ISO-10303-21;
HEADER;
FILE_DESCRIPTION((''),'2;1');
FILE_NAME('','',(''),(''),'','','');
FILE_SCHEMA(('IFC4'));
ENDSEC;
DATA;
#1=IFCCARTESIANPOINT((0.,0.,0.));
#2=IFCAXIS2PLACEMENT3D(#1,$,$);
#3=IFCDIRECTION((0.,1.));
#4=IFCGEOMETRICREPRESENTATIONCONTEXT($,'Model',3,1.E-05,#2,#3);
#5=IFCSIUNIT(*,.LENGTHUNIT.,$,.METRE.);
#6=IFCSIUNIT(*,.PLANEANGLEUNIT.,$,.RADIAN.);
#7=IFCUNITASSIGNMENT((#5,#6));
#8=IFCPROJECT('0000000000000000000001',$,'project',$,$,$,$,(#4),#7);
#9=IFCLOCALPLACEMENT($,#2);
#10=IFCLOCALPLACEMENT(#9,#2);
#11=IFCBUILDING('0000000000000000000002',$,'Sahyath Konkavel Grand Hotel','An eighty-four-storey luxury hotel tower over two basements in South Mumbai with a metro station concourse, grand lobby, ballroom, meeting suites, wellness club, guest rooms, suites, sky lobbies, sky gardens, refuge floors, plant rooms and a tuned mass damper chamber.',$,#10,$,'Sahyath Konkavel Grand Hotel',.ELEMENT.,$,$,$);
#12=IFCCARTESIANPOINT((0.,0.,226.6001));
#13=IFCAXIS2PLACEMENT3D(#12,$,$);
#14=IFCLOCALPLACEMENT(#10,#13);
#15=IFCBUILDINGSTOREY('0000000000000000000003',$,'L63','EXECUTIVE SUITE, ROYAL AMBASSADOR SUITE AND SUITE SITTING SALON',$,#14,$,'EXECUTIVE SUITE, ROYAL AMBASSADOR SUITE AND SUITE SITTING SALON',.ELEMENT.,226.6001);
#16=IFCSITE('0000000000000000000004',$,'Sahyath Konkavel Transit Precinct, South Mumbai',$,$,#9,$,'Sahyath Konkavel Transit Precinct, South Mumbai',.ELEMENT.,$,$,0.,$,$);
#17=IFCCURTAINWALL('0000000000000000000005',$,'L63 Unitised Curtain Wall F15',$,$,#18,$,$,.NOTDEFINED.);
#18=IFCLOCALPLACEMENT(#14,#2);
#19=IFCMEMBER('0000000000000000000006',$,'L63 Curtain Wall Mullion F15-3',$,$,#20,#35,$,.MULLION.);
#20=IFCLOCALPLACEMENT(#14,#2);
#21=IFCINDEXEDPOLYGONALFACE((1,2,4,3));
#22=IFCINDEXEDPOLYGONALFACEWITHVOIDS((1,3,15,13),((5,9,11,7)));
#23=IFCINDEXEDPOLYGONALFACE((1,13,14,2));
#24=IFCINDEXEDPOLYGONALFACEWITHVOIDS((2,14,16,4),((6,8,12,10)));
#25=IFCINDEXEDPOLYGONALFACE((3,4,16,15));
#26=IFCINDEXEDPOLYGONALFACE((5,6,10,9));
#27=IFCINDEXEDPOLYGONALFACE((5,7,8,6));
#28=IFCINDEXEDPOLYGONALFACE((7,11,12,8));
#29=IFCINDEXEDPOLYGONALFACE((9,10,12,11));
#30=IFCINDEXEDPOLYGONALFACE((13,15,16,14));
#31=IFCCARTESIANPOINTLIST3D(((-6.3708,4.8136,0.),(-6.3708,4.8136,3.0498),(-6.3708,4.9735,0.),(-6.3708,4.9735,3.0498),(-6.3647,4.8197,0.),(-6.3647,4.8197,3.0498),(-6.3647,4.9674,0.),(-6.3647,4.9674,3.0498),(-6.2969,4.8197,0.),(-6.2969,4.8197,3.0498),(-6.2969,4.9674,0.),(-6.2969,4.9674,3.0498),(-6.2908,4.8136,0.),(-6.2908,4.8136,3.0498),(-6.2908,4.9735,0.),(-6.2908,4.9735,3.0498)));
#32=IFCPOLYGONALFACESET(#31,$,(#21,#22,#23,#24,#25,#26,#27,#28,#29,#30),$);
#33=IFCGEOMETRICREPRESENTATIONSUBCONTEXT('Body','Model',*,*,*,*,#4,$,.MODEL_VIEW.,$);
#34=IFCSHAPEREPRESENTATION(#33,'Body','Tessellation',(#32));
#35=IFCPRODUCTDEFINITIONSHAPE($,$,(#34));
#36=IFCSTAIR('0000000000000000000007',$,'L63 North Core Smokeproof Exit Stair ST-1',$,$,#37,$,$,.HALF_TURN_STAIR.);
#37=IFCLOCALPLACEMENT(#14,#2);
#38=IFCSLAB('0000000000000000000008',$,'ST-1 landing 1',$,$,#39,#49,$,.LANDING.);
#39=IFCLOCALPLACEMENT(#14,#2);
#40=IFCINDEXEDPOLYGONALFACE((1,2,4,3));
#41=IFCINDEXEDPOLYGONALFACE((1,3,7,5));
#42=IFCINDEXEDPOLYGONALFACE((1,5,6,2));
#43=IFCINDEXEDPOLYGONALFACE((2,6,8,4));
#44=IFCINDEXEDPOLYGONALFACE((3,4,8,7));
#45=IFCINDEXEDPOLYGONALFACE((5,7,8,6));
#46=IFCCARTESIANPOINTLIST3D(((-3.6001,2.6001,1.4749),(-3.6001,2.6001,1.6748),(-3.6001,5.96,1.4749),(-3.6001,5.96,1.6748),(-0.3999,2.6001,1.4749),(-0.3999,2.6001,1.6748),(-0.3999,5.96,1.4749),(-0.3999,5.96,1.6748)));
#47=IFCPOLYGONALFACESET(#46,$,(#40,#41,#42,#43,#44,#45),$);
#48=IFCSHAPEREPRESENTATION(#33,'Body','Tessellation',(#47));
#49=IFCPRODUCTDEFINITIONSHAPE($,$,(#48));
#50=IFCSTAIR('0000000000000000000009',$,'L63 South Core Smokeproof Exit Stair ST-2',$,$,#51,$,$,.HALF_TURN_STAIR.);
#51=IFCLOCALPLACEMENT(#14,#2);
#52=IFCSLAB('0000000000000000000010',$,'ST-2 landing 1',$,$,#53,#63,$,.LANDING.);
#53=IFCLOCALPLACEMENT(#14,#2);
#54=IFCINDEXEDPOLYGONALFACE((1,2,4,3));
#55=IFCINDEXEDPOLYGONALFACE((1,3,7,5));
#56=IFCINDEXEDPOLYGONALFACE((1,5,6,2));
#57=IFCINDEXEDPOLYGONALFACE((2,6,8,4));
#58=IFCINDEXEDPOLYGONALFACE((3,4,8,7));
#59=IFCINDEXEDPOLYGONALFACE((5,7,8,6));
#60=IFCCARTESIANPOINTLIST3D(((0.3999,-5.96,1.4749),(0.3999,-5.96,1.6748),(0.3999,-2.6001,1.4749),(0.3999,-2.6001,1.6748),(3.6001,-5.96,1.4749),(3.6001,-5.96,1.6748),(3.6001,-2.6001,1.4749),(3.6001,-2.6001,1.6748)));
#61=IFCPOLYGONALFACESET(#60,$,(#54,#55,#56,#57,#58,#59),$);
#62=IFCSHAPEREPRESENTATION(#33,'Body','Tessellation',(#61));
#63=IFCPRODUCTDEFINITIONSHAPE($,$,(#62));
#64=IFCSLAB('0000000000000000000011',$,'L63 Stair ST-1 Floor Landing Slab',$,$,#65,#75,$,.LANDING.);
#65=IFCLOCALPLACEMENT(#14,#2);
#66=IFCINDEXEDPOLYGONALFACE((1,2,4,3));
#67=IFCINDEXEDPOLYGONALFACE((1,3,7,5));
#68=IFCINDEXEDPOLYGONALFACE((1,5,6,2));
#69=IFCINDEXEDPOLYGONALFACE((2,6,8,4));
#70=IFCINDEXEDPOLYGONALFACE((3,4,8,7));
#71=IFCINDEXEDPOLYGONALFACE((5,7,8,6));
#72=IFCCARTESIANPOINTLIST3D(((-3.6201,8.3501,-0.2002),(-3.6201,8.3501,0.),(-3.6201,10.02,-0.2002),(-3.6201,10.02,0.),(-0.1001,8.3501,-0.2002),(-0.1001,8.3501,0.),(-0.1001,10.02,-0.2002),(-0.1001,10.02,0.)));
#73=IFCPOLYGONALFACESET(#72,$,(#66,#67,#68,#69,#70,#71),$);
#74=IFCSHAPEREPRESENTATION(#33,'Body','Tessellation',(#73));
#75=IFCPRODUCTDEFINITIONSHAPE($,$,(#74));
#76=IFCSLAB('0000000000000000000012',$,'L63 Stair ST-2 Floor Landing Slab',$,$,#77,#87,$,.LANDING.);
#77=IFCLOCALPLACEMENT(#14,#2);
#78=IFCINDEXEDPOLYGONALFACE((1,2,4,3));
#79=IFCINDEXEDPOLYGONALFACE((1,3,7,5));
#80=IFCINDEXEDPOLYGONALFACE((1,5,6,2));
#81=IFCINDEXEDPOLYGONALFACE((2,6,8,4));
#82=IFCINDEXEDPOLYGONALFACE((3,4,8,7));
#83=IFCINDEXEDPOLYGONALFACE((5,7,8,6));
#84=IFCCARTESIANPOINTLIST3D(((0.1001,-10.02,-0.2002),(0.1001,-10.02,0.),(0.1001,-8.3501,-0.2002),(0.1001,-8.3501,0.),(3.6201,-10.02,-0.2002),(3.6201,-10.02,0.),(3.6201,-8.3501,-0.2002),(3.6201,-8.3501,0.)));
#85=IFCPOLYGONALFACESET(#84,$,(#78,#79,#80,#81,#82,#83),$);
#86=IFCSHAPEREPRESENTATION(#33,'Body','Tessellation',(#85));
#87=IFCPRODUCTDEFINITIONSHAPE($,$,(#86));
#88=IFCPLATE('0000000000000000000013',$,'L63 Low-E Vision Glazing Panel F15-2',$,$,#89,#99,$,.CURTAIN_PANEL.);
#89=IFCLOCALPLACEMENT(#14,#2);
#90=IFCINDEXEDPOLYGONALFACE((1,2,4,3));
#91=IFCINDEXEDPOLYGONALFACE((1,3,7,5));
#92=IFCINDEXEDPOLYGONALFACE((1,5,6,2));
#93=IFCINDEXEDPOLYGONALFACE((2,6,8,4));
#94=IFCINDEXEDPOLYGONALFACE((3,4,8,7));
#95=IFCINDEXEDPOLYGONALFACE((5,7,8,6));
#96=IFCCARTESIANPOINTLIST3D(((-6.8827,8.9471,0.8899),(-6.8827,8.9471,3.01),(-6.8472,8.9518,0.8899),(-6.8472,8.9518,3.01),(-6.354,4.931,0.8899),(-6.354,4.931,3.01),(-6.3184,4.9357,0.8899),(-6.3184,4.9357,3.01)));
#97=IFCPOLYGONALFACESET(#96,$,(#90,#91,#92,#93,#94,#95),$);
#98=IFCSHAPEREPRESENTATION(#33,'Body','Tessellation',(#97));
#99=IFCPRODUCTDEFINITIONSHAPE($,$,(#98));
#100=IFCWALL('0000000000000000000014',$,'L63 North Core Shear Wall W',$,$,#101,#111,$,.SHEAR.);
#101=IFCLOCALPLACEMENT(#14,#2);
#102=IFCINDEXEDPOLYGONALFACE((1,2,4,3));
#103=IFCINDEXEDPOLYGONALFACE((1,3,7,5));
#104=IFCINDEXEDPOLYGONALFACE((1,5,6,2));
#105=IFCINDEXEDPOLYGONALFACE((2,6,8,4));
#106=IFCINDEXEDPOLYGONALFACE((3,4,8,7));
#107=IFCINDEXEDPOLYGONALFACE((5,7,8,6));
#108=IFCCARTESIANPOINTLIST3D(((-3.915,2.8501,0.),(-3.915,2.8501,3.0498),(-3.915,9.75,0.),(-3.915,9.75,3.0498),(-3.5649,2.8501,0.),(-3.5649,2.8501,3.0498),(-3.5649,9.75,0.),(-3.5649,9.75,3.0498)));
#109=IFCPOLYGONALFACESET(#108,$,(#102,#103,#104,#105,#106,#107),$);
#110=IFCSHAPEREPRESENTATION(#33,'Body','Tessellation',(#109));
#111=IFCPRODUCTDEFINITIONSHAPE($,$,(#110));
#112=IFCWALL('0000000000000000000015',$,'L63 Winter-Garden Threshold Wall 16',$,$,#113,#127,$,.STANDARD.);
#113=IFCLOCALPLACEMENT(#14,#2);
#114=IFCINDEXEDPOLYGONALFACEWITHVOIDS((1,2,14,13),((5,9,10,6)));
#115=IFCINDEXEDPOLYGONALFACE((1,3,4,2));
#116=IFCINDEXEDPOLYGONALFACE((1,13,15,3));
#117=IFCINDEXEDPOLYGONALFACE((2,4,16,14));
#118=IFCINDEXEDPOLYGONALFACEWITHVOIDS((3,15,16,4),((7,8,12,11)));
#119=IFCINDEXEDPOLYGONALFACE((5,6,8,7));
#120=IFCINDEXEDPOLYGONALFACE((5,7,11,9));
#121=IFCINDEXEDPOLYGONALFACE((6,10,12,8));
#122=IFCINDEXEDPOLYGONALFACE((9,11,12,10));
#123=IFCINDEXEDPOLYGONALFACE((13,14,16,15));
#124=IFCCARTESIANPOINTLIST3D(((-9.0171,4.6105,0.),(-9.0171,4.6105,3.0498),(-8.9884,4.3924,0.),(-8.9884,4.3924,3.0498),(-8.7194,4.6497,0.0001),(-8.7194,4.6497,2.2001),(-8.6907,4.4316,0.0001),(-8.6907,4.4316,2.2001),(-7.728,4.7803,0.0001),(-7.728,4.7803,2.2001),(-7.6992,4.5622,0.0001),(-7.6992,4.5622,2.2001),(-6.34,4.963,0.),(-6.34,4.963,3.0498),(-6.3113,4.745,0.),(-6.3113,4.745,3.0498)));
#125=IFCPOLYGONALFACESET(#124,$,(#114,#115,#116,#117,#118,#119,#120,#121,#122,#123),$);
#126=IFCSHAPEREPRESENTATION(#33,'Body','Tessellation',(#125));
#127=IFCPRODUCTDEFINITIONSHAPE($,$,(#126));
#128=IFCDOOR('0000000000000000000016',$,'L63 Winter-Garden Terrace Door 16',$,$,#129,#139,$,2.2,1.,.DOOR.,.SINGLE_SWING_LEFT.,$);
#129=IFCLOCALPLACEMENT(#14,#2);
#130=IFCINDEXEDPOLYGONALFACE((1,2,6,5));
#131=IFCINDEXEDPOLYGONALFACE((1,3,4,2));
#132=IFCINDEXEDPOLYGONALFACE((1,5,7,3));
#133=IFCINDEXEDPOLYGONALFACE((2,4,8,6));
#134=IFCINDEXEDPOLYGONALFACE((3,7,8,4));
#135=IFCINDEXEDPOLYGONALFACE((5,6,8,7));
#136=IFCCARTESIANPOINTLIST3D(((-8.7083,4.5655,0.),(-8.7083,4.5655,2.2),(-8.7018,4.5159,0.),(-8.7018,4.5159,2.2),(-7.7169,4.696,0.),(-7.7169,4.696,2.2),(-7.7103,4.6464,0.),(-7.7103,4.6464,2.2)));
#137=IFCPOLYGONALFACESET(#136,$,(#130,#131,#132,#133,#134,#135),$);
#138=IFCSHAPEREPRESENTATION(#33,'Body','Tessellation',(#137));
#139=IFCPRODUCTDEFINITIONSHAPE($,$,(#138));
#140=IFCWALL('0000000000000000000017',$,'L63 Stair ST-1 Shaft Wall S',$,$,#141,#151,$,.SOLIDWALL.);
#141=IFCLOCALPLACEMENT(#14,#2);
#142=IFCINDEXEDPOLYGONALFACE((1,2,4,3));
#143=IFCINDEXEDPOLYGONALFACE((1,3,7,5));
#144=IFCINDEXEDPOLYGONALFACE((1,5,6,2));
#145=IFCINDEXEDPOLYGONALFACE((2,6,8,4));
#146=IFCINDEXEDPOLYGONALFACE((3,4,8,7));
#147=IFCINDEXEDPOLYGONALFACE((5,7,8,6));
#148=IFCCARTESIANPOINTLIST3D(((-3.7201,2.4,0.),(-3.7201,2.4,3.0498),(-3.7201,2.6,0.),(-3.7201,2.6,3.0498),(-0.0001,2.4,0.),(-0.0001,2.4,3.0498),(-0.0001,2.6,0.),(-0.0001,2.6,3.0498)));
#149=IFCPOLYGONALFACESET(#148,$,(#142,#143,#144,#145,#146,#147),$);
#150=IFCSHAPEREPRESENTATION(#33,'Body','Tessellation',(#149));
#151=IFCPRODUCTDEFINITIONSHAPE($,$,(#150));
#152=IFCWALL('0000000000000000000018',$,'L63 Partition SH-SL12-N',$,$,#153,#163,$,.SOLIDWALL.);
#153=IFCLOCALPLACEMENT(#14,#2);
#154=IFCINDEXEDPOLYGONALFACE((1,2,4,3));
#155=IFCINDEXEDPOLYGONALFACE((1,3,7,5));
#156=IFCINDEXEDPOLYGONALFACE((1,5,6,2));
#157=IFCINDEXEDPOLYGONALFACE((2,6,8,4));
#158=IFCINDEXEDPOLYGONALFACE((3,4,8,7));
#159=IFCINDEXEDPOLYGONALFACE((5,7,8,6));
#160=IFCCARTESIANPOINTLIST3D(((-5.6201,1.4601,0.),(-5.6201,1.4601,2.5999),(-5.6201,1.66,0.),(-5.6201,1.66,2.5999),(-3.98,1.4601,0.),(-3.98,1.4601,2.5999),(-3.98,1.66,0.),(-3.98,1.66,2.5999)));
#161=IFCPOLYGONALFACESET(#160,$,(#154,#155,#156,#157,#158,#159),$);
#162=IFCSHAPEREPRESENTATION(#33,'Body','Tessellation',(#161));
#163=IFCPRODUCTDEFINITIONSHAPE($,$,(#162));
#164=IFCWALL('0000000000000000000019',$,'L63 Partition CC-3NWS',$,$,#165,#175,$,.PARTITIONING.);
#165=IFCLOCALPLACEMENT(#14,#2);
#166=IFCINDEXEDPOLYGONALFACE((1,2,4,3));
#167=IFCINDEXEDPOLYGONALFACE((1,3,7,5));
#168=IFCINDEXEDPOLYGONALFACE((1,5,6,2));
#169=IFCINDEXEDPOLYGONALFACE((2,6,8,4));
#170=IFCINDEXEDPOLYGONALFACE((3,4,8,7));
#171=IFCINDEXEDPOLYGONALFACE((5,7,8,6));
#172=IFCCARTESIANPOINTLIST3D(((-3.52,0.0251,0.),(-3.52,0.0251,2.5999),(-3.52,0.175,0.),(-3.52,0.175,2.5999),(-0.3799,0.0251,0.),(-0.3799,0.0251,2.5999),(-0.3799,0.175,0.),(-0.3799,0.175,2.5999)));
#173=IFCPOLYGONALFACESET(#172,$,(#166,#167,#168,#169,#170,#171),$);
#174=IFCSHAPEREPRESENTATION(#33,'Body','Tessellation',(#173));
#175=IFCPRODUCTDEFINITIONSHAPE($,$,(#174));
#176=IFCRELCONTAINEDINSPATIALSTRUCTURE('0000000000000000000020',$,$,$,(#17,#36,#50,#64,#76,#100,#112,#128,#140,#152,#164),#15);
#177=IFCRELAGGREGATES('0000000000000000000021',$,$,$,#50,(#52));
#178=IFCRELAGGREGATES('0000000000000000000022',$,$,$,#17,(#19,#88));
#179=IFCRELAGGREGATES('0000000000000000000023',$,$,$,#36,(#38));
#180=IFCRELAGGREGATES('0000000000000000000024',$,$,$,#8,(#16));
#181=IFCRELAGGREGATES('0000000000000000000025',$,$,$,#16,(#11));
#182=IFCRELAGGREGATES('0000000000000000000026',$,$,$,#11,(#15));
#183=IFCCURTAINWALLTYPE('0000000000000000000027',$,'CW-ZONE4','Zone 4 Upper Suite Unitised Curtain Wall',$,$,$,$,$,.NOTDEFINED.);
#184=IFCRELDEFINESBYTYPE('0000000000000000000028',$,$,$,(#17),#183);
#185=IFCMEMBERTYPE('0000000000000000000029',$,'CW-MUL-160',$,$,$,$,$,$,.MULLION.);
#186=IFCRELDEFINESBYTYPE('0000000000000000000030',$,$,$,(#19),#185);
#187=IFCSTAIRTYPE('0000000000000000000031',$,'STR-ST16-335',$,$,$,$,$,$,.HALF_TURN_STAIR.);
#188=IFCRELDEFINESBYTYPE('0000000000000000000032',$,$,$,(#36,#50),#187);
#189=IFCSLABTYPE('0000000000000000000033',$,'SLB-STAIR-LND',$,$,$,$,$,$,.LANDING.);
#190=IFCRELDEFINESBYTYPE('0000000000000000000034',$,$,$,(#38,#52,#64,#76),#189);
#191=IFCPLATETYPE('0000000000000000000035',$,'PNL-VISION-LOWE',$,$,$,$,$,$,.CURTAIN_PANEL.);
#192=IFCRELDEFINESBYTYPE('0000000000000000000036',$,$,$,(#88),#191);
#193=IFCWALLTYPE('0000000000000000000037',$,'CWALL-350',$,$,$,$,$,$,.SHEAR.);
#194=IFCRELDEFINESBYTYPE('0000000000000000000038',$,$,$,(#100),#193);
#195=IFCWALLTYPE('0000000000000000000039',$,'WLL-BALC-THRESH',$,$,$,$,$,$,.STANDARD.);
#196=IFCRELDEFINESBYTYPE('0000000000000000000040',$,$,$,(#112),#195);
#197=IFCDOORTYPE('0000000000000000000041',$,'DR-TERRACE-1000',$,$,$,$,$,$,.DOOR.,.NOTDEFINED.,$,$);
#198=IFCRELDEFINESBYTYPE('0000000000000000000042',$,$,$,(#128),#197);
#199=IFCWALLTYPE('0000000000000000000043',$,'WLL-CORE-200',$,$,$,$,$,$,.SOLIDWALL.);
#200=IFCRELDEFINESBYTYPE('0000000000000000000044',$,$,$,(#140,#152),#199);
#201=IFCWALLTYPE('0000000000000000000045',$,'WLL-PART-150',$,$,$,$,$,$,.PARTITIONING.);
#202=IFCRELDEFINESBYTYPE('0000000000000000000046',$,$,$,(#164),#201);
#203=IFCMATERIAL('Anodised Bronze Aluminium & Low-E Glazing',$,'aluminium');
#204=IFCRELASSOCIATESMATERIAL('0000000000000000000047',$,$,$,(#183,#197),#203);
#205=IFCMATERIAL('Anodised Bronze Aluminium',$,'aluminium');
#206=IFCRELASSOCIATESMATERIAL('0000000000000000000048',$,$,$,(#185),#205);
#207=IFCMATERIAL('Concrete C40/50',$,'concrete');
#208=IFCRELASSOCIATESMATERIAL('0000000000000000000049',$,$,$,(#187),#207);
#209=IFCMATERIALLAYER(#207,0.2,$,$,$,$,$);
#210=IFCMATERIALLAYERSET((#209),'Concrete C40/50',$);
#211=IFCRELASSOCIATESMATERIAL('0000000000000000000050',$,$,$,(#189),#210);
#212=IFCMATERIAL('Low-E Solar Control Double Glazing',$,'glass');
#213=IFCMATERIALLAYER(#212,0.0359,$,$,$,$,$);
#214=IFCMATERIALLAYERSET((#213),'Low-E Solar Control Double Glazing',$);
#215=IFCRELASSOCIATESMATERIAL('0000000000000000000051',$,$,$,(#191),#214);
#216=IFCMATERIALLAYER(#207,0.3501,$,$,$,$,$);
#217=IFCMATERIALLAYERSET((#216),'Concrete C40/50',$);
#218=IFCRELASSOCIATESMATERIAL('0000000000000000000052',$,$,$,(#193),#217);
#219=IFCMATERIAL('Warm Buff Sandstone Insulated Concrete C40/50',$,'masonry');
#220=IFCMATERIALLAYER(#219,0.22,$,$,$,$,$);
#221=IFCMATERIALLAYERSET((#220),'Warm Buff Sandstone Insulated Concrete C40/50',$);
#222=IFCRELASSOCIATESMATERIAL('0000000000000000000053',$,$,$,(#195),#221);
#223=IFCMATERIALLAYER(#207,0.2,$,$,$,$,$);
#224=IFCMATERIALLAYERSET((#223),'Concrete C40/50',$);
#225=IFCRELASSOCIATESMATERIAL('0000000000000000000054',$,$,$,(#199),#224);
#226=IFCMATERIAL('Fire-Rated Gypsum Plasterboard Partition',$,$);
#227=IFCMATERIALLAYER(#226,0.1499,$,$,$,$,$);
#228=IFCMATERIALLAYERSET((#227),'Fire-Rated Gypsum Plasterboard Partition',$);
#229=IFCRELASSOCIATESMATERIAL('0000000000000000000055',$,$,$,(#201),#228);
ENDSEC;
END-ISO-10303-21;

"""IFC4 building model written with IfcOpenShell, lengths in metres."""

from ifc_helpers import new_model, si_unit, direction, frame, frame_2d, origin, origin_2d, place, context, subcontext, project, spatial, polyline, rectangle, hollow_rectangle, outline, extrude, source, transform, mapped, material, layer, layer_set, material_profile, profile_set, type_object, element, fill, aggregate, save


model = new_model("IFC4")

# Units and contexts
model_context = context("Model", 3, precision=1e-05, world=origin(), true_north=direction((0.0, 1.0)))
body_context = subcontext(model_context, "Body", "Model", "MODEL_VIEW")
ifc_project = project(units=[si_unit("LENGTHUNIT", "METRE"), si_unit("PLANEANGLEUNIT", "RADIAN")], contexts=[model_context])

# Site, building, storey
site_placement = place(None, origin())
site = spatial("IfcSite", under=ifc_project, at=site_placement, Name="Sahyath Konkavel Transit Precinct, South Mumbai", LongName="Sahyath Konkavel Transit Precinct, South Mumbai", CompositionType="ELEMENT", RefElevation=0.0)
building_placement = place(site_placement, origin())
building = spatial("IfcBuilding", under=site, at=building_placement, Name="Sahyath Konkavel Grand Hotel", Description="An eighty-four-storey luxury hotel tower over two basements in South Mumbai with a metro station concourse, grand lobby, ballroom, meeting suites, wellness club, guest rooms, suites, sky lobbies, sky gardens, refuge floors, plant rooms and a tuned mass damper chamber.", LongName="Sahyath Konkavel Grand Hotel", CompositionType="ELEMENT")
storey_placement = place(building_placement, frame((0.0, 0.0, 226.6001)))
storey = spatial("IfcBuildingStorey", under=building, at=storey_placement, Name="L63", Description="EXECUTIVE SUITE, ROYAL AMBASSADOR SUITE AND SUITE SITTING SALON", LongName="EXECUTIVE SUITE, ROYAL AMBASSADOR SUITE AND SUITE SITTING SALON", CompositionType="ELEMENT", Elevation=226.6001)

# Shared definitions
ifc_material_1 = material(Name="Concrete C40/50", Category="concrete")

# Curtain wall, member
ifc_material_2 = material(Name="Anodised Bronze Aluminium & Low-E Glazing", Category="aluminium")
curtain_wall_type = type_object("IfcCurtainWallType", Name="CW-ZONE4", Description="Zone 4 Upper Suite Unitised Curtain Wall", PredefinedType="NOTDEFINED", material=ifc_material_2)
curtain_wall_placement = place(storey_placement, origin())
curtain_wall = element("IfcCurtainWall", 1, at=curtain_wall_placement, inside=storey, type_object=curtain_wall_type, Name="L63 Unitised Curtain Wall F15", PredefinedType="NOTDEFINED")
ifc_material_3 = material(Name="Anodised Bronze Aluminium", Category="aluminium")
ifc_material_profile_1 = material_profile(ifc_material_3, hollow_rectangle(XDim=0.0801, YDim=0.1599, WallThickness=0.0061, at=origin_2d()), Name="RHS 160x80x6")
ifc_profile_set_1 = profile_set([ifc_material_profile_1], Name="Anodised Bronze Aluminium")
member_type = type_object("IfcMemberType", Name="CW-MUL-160", PredefinedType="MULLION", material=ifc_profile_set_1)
shared_shape_1 = source(origin(), body_context, "Body", "SweptSolid", [
    extrude(hollow_rectangle(XDim=0.0801, YDim=0.1599, WallThickness=0.0061, at=origin_2d()), origin(), (0.0, 0.0, 1.0), 3.0498),
])
member_placement = place(storey_placement, frame((-6.3308, 4.8936, 0.0), z_axis=(0.0, 0.0, 1.0), x_axis=(1.0, 0.0, 0.0)))
member = element("IfcMember", 2, at=member_placement, type_object=member_type, Name="L63 Curtain Wall Mullion F15-3", PredefinedType="MULLION", context=body_context, shape_type="MappedRepresentation", body=[
    mapped(shared_shape_1, transform((0.0, 0.0, 0.0), scale=1.0)),
])

# Stairs, slabs
stair_type = type_object("IfcStairType", Name="STR-ST16-335", PredefinedType="HALF_TURN_STAIR", material=ifc_material_1)
stair_1_placement = place(storey_placement, origin())
stair_1 = element("IfcStair", 3, at=stair_1_placement, inside=storey, type_object=stair_type, Name="L63 North Core Smokeproof Exit Stair ST-1", PredefinedType="HALF_TURN_STAIR")
ifc_layer_1 = layer(ifc_material_1, 0.2)
ifc_layer_set_1 = layer_set([ifc_layer_1], Name="Concrete C40/50")
slab_type = type_object("IfcSlabType", Name="SLB-STAIR-LND", PredefinedType="LANDING", material=ifc_layer_set_1)
slab_1_placement = place(storey_placement, frame((0.0, 0.0, 1.4749)))
slab_1 = element("IfcSlab", 4, at=slab_1_placement, type_object=slab_type, Name="ST-1 landing 1", PredefinedType="LANDING", context=body_context, shape_type="SweptSolid", body=[
    extrude(outline(polyline([(-3.6001, 5.96), (-3.6001, 2.6001), (-0.3999, 2.6001), (-0.3999, 5.96), (-3.6001, 5.96)])), origin(), (0.0, 0.0, 1.0), 0.2),
])
stair_2_placement = place(storey_placement, origin())
stair_2 = element("IfcStair", 5, at=stair_2_placement, inside=storey, type_object=stair_type, Name="L63 South Core Smokeproof Exit Stair ST-2", PredefinedType="HALF_TURN_STAIR")
slab_2_placement = place(storey_placement, frame((0.0, 0.0, 1.4749)))
slab_2 = element("IfcSlab", 6, at=slab_2_placement, type_object=slab_type, Name="ST-2 landing 1", PredefinedType="LANDING", context=body_context, shape_type="SweptSolid", body=[
    extrude(outline(polyline([(3.6001, -5.96), (3.6001, -2.6001), (0.3999, -2.6001), (0.3999, -5.96), (3.6001, -5.96)])), origin(), (0.0, 0.0, 1.0), 0.2),
])
aggregate(stair_2, [slab_2])

# Slabs
slab_3_placement = place(storey_placement, frame((0.0, 0.0, -0.2002)))
element("IfcSlab", 7, at=slab_3_placement, inside=storey, type_object=slab_type, Name="L63 Stair ST-1 Floor Landing Slab", PredefinedType="LANDING", context=body_context, shape_type="SweptSolid", body=[
    extrude(outline(polyline([(-3.6201, 8.3501), (-0.1001, 8.3501), (-0.1001, 10.02), (-3.6201, 10.02), (-3.6201, 8.3501)])), origin(), (0.0, 0.0, 1.0), 0.2002),
])
slab_4_placement = place(storey_placement, frame((0.0, 0.0, -0.2002)))
element("IfcSlab", 8, at=slab_4_placement, inside=storey, type_object=slab_type, Name="L63 Stair ST-2 Floor Landing Slab", PredefinedType="LANDING", context=body_context, shape_type="SweptSolid", body=[
    extrude(outline(polyline([(0.1001, -10.02), (3.6201, -10.02), (3.6201, -8.3501), (0.1001, -8.3501), (0.1001, -10.02)])), origin(), (0.0, 0.0, 1.0), 0.2002),
])

# Plate
ifc_material_4 = material(Name="Low-E Solar Control Double Glazing", Category="glass")
ifc_layer_2 = layer(ifc_material_4, 0.0359)
ifc_layer_set_2 = layer_set([ifc_layer_2], Name="Low-E Solar Control Double Glazing")
plate_type = type_object("IfcPlateType", Name="PNL-VISION-LOWE", PredefinedType="CURTAIN_PANEL", material=ifc_layer_set_2)
shared_shape_2 = source(origin(), body_context, "Body", "SweptSolid", [
    extrude(rectangle(XDim=4.0508, YDim=0.0359, at=origin_2d()), origin(), (0.0, 0.0, 1.0), 2.1201),
])
plate_placement = place(storey_placement, frame((-6.6006, 6.9414, 0.8899), z_axis=(0.0, 0.0, 1.0), x_axis=(0.130526, -0.991445, 0.0)))
plate = element("IfcPlate", 9, at=plate_placement, type_object=plate_type, Name="L63 Low-E Vision Glazing Panel F15-2", PredefinedType="CURTAIN_PANEL", context=body_context, shape_type="MappedRepresentation", body=[
    mapped(shared_shape_2, transform((0.0, 0.0, 0.0), scale=1.0)),
])
aggregate(curtain_wall, [member, plate])

# Wall
ifc_layer_3 = layer(ifc_material_1, 0.3501)
ifc_layer_set_3 = layer_set([ifc_layer_3], Name="Concrete C40/50")
wall_type_1 = type_object("IfcWallType", Name="CWALL-350", PredefinedType="SHEAR", material=ifc_layer_set_3)
wall_1_placement = place(storey_placement, frame((-3.74, 2.8501, 0.0), z_axis=(0.0, 0.0, 1.0), x_axis=(0.0, 1.0, 0.0)))
element("IfcWall", 10, at=wall_1_placement, inside=storey, type_object=wall_type_1, Name="L63 North Core Shear Wall W", PredefinedType="SHEAR", context=body_context, shape_type="SweptSolid", body=[
    extrude(rectangle(XDim=6.8999, YDim=0.3501, at=frame_2d((3.45, 0.0))), origin(), (0.0, 0.0, 1.0), 3.0498),
])

# Wall, opening, door
ifc_material_5 = material(Name="Warm Buff Sandstone Insulated Concrete C40/50", Category="masonry")
ifc_layer_4 = layer(ifc_material_5, 0.22)
ifc_layer_set_4 = layer_set([ifc_layer_4], Name="Warm Buff Sandstone Insulated Concrete C40/50")
wall_type_2 = type_object("IfcWallType", Name="WLL-BALC-THRESH", PredefinedType="STANDARD", material=ifc_layer_set_4)
wall_2_placement = place(storey_placement, frame((-6.3257, 4.854, 0.0), z_axis=(0.0, 0.0, 1.0), x_axis=(-0.99144, -0.130564, 0.0)))
wall_2 = element("IfcWall", 11, at=wall_2_placement, inside=storey, type_object=wall_type_2, Name="L63 Winter-Garden Threshold Wall 16", PredefinedType="STANDARD", context=body_context, shape_type="SweptSolid", body=[
    extrude(rectangle(XDim=2.7002, YDim=0.22, at=frame_2d((1.3501, 0.0))), origin(), (0.0, 0.0, 1.0), 3.0498),
])
opening_1_placement = place(wall_2_placement, frame((1.3999, 0.0, 0.0)))
opening_1 = element("IfcOpeningElement", 12, at=opening_1_placement, cuts=wall_2, PredefinedType="OPENING", context=body_context, shape_type="SweptSolid", body=[
    extrude(rectangle(XDim=1.0, YDim=2.2, at=frame_2d((0.5, 1.1001))), frame((0.0, 0.1201, 0.0), z_axis=(0.0, -1.0, 0.0), x_axis=(1.0, 0.0, 0.0)), (0.0, 0.0, 1.0), 0.24),
])
door_type_1 = type_object("IfcDoorType", Name="DR-TERRACE-1000", OperationType="NOTDEFINED", PredefinedType="DOOR", material=ifc_material_2)
shared_shape_3 = source(origin(), body_context, "Body", "SweptSolid", [
    extrude(rectangle(XDim=1.0, YDim=0.05, at=origin_2d()), origin(), (0.0, 0.0, 1.0), 2.2),
])
door_1_placement = place(opening_1_placement, frame((0.5, 0.0, 0.0)))
door_1 = element("IfcDoor", 13, at=door_1_placement, inside=storey, type_object=door_type_1, Name="L63 Winter-Garden Terrace Door 16", OperationType="SINGLE_SWING_LEFT", OverallHeight=2.2, OverallWidth=1.0, PredefinedType="DOOR", context=body_context, shape_type="MappedRepresentation", body=[
    mapped(shared_shape_3, transform((0.0, 0.0, 0.0), scale=1.0)),
])
fill(opening_1, door_1)

# Walls
ifc_layer_5 = layer(ifc_material_1, 0.2)
ifc_layer_set_5 = layer_set([ifc_layer_5], Name="Concrete C40/50")
wall_type_3 = type_object("IfcWallType", Name="WLL-CORE-200", PredefinedType="SOLIDWALL", material=ifc_layer_set_5)
wall_3_placement = place(storey_placement, frame((-3.72, 2.5, 0.0), z_axis=(0.0, 0.0, 1.0), x_axis=(1.0, 0.0, 0.0)))
element("IfcWall", 14, at=wall_3_placement, inside=storey, type_object=wall_type_3, Name="L63 Stair ST-1 Shaft Wall S", PredefinedType="SOLIDWALL", context=body_context, shape_type="SweptSolid", body=[
    extrude(rectangle(XDim=3.72, YDim=0.2, at=frame_2d((1.8599, 0.0))), origin(), (0.0, 0.0, 1.0), 3.0498),
])
wall_4_placement = place(storey_placement, frame((-5.6201, 1.5601, 0.0), z_axis=(0.0, 0.0, 1.0), x_axis=(1.0, 0.0, 0.0)))
element("IfcWall", 15, at=wall_4_placement, inside=storey, type_object=wall_type_3, Name="L63 Partition SH-SL12-N", PredefinedType="SOLIDWALL", context=body_context, shape_type="SweptSolid", body=[
    extrude(rectangle(XDim=1.6401, YDim=0.2, at=frame_2d((0.8201, 0.0))), origin(), (0.0, 0.0, 1.0), 2.5999),
])
ifc_material_6 = material(Name="Fire-Rated Gypsum Plasterboard Partition")
ifc_layer_6 = layer(ifc_material_6, 0.1499)
ifc_layer_set_6 = layer_set([ifc_layer_6], Name="Fire-Rated Gypsum Plasterboard Partition")
wall_type_4 = type_object("IfcWallType", Name="WLL-PART-150", PredefinedType="PARTITIONING", material=ifc_layer_set_6)
wall_5_placement = place(storey_placement, frame((-3.52, 0.1001, 0.0), z_axis=(0.0, 0.0, 1.0), x_axis=(1.0, 0.0, 0.0)))
element("IfcWall", 16, at=wall_5_placement, inside=storey, type_object=wall_type_4, Name="L63 Partition CC-3NWS", PredefinedType="PARTITIONING", context=body_context, shape_type="SweptSolid", body=[
    extrude(rectangle(XDim=3.1401, YDim=0.1499, at=frame_2d((1.5701, 0.0))), origin(), (0.0, 0.0, 1.0), 2.5999),
])

aggregate(stair_1, [slab_1])

save(model, "model.ifc")
